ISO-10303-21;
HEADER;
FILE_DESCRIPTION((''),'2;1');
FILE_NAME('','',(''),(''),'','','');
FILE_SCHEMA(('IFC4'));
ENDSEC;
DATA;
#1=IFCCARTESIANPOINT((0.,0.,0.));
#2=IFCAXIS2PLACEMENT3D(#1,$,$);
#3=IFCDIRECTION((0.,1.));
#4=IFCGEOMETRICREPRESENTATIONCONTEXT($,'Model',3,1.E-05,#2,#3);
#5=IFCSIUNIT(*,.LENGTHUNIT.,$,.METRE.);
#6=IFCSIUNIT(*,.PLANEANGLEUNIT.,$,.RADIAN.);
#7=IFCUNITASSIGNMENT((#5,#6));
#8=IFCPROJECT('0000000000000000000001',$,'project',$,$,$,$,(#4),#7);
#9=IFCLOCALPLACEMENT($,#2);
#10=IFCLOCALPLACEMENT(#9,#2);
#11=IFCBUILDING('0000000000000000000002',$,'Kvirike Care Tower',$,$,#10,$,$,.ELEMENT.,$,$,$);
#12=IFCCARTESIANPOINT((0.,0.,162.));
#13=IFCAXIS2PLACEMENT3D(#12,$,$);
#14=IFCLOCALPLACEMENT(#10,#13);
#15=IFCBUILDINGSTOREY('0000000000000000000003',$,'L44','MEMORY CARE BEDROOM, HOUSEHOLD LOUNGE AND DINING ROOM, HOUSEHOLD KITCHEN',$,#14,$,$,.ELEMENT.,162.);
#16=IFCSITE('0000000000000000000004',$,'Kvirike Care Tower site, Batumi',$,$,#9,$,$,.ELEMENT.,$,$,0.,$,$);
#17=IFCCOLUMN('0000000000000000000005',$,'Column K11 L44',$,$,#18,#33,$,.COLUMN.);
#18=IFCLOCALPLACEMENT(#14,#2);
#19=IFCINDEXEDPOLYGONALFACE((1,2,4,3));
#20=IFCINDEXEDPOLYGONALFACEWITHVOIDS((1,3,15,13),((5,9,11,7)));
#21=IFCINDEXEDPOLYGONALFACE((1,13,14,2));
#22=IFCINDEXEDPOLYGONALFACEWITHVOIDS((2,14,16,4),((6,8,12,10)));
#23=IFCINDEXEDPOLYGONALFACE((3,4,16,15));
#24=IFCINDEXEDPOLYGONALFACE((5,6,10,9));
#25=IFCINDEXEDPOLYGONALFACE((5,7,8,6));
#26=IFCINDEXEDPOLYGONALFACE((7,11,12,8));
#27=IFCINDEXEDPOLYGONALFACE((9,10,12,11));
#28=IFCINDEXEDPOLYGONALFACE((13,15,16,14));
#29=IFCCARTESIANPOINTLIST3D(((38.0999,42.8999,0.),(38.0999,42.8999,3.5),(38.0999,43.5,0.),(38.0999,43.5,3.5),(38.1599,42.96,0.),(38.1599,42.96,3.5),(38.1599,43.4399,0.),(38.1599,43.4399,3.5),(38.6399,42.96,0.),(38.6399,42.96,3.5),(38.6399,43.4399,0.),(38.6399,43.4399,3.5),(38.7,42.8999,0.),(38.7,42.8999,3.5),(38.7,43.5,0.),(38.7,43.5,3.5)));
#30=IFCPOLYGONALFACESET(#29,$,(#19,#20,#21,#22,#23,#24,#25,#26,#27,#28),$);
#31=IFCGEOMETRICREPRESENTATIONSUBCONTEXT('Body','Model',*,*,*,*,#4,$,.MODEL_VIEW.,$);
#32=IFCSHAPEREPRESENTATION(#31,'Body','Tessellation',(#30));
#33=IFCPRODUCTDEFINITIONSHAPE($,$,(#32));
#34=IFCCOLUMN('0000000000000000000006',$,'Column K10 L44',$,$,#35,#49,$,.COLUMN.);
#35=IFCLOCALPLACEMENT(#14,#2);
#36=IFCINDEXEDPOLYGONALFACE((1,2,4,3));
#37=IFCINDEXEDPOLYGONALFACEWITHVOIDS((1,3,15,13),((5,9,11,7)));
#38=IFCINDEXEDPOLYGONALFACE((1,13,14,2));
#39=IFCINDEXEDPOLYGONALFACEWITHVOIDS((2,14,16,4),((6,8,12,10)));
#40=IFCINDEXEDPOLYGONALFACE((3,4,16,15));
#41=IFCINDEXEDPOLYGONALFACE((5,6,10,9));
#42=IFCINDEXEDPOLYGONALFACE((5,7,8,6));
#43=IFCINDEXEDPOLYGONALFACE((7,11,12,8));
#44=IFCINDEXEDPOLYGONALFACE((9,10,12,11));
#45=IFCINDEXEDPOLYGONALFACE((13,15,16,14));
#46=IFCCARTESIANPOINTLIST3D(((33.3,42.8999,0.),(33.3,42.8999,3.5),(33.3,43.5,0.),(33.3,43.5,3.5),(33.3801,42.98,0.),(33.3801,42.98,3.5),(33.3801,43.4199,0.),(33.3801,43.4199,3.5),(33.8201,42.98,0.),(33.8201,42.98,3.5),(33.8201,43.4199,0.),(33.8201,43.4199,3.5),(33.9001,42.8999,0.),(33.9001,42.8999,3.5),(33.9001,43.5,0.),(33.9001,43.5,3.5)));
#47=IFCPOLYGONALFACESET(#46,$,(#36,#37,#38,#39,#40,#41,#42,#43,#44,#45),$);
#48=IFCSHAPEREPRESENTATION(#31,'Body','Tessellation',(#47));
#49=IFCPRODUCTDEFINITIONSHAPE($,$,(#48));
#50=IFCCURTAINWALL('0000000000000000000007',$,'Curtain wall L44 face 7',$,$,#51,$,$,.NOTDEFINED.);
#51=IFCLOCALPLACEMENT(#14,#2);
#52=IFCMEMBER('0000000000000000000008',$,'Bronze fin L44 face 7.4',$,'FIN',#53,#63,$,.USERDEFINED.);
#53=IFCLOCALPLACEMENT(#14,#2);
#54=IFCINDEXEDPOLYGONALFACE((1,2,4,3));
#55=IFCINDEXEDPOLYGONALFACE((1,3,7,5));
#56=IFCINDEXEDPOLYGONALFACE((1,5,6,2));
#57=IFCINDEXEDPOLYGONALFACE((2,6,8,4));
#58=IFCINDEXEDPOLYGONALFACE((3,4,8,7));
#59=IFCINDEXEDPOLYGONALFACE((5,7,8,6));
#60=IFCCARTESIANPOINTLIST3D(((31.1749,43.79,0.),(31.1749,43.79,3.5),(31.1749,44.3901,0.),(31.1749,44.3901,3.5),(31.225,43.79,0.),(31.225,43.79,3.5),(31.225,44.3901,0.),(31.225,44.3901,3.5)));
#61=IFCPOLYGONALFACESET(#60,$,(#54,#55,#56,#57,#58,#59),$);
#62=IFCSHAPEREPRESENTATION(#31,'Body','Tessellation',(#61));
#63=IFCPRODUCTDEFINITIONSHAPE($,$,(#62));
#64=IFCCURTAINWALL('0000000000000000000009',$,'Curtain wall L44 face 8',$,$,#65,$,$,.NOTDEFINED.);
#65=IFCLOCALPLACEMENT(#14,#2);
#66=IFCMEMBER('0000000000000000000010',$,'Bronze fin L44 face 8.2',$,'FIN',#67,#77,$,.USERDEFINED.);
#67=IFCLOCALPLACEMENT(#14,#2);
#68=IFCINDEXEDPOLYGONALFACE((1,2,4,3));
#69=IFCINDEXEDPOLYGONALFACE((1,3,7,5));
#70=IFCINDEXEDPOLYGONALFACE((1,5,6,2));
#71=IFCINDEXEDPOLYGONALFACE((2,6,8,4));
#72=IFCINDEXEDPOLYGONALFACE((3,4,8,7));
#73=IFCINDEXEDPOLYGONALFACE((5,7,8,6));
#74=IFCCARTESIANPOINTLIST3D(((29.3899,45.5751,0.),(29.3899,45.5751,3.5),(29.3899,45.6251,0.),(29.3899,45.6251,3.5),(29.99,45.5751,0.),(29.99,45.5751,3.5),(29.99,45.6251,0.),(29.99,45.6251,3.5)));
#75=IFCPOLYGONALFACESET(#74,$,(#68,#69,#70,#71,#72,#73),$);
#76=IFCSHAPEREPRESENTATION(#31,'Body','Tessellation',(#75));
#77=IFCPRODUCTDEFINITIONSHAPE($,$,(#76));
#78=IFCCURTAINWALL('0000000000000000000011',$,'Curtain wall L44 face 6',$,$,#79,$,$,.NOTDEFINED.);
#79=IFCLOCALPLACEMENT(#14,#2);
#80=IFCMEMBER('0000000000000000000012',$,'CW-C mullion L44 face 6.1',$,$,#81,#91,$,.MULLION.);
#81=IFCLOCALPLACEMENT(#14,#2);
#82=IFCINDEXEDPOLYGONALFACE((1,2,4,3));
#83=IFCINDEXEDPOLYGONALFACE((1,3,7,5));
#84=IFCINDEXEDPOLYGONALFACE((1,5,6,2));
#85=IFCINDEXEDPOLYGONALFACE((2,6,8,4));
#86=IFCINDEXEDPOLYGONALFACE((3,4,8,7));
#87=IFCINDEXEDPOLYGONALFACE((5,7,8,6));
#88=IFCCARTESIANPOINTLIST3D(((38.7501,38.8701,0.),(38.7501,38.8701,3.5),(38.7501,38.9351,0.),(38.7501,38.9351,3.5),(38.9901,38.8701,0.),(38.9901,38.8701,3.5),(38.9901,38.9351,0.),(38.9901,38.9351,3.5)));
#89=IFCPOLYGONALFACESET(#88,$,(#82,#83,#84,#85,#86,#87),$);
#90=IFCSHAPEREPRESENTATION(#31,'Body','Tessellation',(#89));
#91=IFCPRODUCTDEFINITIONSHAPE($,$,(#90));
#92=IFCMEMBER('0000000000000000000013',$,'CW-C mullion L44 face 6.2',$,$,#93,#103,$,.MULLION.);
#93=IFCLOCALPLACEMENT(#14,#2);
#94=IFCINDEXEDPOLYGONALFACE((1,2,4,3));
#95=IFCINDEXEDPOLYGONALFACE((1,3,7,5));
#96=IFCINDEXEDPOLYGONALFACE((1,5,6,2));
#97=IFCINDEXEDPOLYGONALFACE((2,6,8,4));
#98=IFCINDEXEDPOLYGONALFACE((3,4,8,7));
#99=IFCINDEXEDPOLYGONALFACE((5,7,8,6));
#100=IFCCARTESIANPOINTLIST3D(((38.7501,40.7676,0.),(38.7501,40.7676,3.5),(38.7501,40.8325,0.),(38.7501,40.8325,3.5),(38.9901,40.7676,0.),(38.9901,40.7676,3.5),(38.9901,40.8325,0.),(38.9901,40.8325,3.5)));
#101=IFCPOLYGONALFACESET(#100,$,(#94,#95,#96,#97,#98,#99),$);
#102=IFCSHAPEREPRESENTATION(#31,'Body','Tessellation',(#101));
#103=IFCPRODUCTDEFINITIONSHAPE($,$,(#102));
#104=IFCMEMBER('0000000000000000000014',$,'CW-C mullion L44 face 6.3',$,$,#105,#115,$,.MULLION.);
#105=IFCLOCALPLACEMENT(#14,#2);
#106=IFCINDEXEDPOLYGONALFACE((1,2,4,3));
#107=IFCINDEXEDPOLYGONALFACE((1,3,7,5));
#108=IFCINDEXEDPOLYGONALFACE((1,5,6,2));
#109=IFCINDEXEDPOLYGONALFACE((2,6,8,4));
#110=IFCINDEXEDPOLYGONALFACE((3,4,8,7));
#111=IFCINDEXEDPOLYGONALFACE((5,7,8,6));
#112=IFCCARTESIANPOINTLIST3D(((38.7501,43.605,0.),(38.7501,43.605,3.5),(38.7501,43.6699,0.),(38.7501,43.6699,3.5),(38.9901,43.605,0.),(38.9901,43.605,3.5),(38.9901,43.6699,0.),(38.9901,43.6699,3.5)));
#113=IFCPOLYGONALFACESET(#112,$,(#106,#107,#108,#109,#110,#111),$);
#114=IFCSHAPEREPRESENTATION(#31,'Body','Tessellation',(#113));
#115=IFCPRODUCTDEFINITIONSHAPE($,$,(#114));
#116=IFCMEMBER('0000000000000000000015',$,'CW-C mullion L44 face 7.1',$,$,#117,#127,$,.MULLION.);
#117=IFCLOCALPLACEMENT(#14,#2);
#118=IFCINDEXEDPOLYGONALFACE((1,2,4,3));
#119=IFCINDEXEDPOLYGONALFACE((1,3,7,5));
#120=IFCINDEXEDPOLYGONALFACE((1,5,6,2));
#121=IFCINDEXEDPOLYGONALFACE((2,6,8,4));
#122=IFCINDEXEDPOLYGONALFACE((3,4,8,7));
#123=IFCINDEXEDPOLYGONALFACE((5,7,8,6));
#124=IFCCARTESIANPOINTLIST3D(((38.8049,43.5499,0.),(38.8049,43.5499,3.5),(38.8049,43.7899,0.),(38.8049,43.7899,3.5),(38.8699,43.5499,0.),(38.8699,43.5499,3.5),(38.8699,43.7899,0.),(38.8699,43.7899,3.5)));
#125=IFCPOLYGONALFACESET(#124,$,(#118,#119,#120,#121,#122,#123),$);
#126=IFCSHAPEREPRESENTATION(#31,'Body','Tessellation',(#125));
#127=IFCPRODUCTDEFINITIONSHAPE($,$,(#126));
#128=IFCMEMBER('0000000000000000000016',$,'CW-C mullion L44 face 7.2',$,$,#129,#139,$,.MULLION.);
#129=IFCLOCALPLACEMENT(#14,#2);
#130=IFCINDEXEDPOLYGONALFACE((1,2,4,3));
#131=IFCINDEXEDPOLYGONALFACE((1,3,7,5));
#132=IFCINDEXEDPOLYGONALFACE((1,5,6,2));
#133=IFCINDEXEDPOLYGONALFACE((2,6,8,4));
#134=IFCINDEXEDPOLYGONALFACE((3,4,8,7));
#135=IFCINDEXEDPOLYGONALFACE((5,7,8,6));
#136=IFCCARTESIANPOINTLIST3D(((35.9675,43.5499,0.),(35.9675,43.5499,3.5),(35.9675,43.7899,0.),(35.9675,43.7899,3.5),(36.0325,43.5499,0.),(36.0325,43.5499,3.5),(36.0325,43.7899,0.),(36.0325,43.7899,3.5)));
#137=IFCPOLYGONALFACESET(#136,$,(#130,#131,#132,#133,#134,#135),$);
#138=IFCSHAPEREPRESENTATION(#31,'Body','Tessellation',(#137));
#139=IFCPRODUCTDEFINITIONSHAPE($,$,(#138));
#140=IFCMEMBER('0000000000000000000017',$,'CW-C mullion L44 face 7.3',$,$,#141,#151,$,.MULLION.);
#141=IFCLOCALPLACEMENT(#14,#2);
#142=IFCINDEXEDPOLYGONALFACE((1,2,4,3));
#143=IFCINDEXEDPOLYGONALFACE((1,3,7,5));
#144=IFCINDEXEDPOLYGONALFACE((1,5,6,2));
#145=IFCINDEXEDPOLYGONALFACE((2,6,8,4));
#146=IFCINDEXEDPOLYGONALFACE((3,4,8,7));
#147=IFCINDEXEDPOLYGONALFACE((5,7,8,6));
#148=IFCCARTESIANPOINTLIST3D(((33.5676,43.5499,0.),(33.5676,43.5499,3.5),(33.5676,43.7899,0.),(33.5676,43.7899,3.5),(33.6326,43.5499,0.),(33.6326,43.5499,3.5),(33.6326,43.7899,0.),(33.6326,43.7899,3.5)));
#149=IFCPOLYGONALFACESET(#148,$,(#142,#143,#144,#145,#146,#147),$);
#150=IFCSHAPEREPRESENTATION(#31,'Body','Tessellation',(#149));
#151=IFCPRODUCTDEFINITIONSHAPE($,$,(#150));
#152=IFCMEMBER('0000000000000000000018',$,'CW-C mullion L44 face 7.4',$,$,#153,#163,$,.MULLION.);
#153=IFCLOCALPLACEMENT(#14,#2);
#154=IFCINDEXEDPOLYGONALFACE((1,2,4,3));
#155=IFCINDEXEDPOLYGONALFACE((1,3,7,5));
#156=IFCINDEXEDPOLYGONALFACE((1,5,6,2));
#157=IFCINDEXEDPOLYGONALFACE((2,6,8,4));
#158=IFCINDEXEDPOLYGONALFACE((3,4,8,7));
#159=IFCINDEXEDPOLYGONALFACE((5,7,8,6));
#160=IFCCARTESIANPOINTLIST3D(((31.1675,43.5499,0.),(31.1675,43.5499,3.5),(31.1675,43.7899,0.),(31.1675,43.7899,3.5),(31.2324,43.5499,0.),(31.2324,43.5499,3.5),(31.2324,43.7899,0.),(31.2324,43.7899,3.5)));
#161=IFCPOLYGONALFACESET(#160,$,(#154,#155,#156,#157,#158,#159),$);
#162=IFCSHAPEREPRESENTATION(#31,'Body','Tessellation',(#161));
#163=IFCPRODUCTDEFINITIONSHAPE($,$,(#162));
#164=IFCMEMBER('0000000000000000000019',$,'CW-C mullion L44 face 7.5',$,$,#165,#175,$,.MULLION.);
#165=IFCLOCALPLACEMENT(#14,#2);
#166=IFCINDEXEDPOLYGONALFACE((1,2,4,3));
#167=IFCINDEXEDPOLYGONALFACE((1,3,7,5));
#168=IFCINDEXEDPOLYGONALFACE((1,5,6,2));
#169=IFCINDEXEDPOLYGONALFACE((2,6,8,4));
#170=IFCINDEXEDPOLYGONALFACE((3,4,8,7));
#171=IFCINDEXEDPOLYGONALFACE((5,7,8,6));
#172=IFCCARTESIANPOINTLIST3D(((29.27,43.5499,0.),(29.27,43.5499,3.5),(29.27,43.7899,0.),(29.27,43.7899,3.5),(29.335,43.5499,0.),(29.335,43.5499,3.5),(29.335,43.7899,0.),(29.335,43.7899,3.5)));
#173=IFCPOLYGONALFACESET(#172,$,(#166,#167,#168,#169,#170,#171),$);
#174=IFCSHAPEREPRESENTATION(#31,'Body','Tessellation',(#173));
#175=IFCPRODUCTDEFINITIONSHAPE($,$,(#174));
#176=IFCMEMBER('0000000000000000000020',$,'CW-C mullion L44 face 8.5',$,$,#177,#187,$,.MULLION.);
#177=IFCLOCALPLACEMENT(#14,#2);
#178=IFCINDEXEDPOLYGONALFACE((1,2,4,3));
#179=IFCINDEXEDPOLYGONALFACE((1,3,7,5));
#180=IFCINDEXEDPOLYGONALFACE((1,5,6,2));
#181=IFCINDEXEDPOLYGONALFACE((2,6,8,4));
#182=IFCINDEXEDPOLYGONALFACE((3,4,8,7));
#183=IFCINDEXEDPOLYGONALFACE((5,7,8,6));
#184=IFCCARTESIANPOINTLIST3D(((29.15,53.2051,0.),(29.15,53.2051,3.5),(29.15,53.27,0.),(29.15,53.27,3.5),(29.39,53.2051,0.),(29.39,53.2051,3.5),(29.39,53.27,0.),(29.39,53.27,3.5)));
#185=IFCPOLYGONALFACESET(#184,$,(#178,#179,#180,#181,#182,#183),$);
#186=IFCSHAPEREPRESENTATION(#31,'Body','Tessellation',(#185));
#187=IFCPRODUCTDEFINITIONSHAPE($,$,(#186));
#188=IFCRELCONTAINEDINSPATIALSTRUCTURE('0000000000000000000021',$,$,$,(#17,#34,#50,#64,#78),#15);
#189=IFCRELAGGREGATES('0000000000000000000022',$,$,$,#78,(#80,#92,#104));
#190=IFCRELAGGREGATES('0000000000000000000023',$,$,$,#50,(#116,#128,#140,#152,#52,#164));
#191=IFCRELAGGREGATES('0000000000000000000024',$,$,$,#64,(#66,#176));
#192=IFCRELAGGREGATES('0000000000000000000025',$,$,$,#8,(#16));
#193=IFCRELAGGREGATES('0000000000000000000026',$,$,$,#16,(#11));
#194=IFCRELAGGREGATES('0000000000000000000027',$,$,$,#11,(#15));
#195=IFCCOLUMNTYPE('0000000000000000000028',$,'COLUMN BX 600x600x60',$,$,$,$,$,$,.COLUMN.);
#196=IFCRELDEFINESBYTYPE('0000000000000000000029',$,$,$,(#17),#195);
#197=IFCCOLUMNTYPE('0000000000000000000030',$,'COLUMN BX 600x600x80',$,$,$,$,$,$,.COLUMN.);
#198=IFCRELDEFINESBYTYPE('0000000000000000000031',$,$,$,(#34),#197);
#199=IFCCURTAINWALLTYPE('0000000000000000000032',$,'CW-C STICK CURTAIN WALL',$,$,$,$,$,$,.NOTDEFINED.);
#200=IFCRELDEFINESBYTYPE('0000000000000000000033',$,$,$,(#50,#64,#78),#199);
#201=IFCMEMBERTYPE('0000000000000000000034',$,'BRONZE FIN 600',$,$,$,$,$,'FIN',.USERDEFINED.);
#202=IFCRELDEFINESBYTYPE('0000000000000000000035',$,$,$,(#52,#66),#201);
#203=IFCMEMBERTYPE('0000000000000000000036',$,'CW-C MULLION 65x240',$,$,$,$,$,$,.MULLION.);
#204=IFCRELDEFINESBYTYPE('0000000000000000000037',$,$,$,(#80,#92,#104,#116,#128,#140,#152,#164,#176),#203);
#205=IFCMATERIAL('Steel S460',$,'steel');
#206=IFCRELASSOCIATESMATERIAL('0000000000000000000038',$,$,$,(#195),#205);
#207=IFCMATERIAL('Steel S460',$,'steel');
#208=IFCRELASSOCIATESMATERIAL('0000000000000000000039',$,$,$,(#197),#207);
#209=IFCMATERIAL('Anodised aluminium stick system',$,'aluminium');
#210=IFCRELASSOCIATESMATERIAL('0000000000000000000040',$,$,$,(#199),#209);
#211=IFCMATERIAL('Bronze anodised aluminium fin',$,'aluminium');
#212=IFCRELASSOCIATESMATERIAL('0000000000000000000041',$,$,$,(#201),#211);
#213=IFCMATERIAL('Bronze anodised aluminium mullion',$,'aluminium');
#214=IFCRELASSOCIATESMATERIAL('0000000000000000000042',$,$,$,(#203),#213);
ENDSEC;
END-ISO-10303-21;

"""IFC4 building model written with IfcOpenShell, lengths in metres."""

from ifc_helpers import new_model, si_unit, direction, frame, origin, origin_2d, place, context, subcontext, project, spatial, rectangle, hollow_rectangle, extrude, material, material_profile, profile_set, type_object, element, aggregate, save


model = new_model("IFC4")

# Units and contexts
model_context = context("Model", 3, precision=1e-05, world=origin(), true_north=direction((0.0, 1.0)))
body_context = subcontext(model_context, "Body", "Model", "MODEL_VIEW")
ifc_project = project(units=[si_unit("LENGTHUNIT", "METRE"), si_unit("PLANEANGLEUNIT", "RADIAN")], contexts=[model_context])

# Site, building, storey
site_placement = place(None, origin())
site = spatial("IfcSite", under=ifc_project, at=site_placement, Name="Kvirike Care Tower site, Batumi", CompositionType="ELEMENT", RefElevation=0.0)
building_placement = place(site_placement, origin())
building = spatial("IfcBuilding", under=site, at=building_placement, Name="Kvirike Care Tower", CompositionType="ELEMENT")
storey_placement = place(building_placement, frame((0.0, 0.0, 162.0)))
storey = spatial("IfcBuildingStorey", under=building, at=storey_placement, Name="L44", Description="MEMORY CARE BEDROOM, HOUSEHOLD LOUNGE AND DINING ROOM, HOUSEHOLD KITCHEN", CompositionType="ELEMENT", Elevation=162.0)

# Columns
ifc_material_1 = material(Name="Steel S460", Category="steel")
ifc_material_profile_1 = material_profile(ifc_material_1, hollow_rectangle(XDim=0.6001, YDim=0.6001, WallThickness=0.0601, at=origin_2d()), Name="BX 600x600x60")
ifc_profile_set_1 = profile_set([ifc_material_profile_1], Name="Steel S460")
column_type_1 = type_object("IfcColumnType", Name="COLUMN BX 600x600x60", PredefinedType="COLUMN", material=ifc_profile_set_1)
column_1_placement = place(storey_placement, frame((38.3999, 43.2, 0.0), z_axis=(0.0, 0.0, 1.0), x_axis=(0.0, 1.0, 0.0)))
element("IfcColumn", 1, at=column_1_placement, inside=storey, type_object=column_type_1, Name="Column K11 L44", PredefinedType="COLUMN", context=body_context, shape_type="SweptSolid", body=[
    extrude(hollow_rectangle(XDim=0.6001, YDim=0.6001, WallThickness=0.0601, at=origin_2d()), origin(), (0.0, 0.0, 1.0), 3.5),
])
ifc_material_2 = material(Name="Steel S460", Category="steel")
ifc_material_profile_2 = material_profile(ifc_material_2, hollow_rectangle(XDim=0.6001, YDim=0.6001, WallThickness=0.0801, at=origin_2d()), Name="BX 600x600x80")
ifc_profile_set_2 = profile_set([ifc_material_profile_2], Name="Steel S460")
column_type_2 = type_object("IfcColumnType", Name="COLUMN BX 600x600x80", PredefinedType="COLUMN", material=ifc_profile_set_2)
column_2_placement = place(storey_placement, frame((33.6001, 43.2, 0.0), z_axis=(0.0, 0.0, 1.0), x_axis=(0.0, 1.0, 0.0)))
element("IfcColumn", 2, at=column_2_placement, inside=storey, type_object=column_type_2, Name="Column K10 L44", PredefinedType="COLUMN", context=body_context, shape_type="SweptSolid", body=[
    extrude(hollow_rectangle(XDim=0.6001, YDim=0.6001, WallThickness=0.0801, at=origin_2d()), origin(), (0.0, 0.0, 1.0), 3.5),
])

# Curtain walls, members
ifc_material_3 = material(Name="Anodised aluminium stick system", Category="aluminium")
curtain_wall_type = type_object("IfcCurtainWallType", Name="CW-C STICK CURTAIN WALL", PredefinedType="NOTDEFINED", material=ifc_material_3)
curtain_wall_1_placement = place(storey_placement, origin())
curtain_wall_1 = element("IfcCurtainWall", 3, at=curtain_wall_1_placement, inside=storey, type_object=curtain_wall_type, Name="Curtain wall L44 face 7", PredefinedType="NOTDEFINED")
ifc_material_4 = material(Name="Bronze anodised aluminium fin", Category="aluminium")
ifc_material_profile_3 = material_profile(ifc_material_4, rectangle(XDim=0.05, YDim=0.6001, at=origin_2d()), Name="BRONZE FIN 600")
ifc_profile_set_3 = profile_set([ifc_material_profile_3], Name="Bronze anodised aluminium fin")
member_type_1 = type_object("IfcMemberType", Name="BRONZE FIN 600", ElementType="FIN", PredefinedType="USERDEFINED", material=ifc_profile_set_3)
member_1_placement = place(storey_placement, frame((31.2, 44.0901, 0.0), z_axis=(0.0, 0.0, 1.0), x_axis=(-1.0, 0.0, 0.0)))
member_1 = element("IfcMember", 4, at=member_1_placement, type_object=member_type_1, Name="Bronze fin L44 face 7.4", ObjectType="FIN", PredefinedType="USERDEFINED", context=body_context, shape_type="SweptSolid", body=[
    extrude(rectangle(XDim=0.05, YDim=0.6001, at=origin_2d()), origin(), (0.0, 0.0, 1.0), 3.5),
])
curtain_wall_2_placement = place(storey_placement, origin())
curtain_wall_2 = element("IfcCurtainWall", 5, at=curtain_wall_2_placement, inside=storey, type_object=curtain_wall_type, Name="Curtain wall L44 face 8", PredefinedType="NOTDEFINED")
member_2_placement = place(storey_placement, frame((29.6899, 45.6001, 0.0), z_axis=(0.0, 0.0, 1.0), x_axis=(0.0, 1.0, 0.0)))
member_2 = element("IfcMember", 6, at=member_2_placement, type_object=member_type_1, Name="Bronze fin L44 face 8.2", ObjectType="FIN", PredefinedType="USERDEFINED", context=body_context, shape_type="SweptSolid", body=[
    extrude(rectangle(XDim=0.05, YDim=0.6001, at=origin_2d()), origin(), (0.0, 0.0, 1.0), 3.5),
])

# Curtain wall, members
curtain_wall_3_placement = place(storey_placement, origin())
curtain_wall_3 = element("IfcCurtainWall", 7, at=curtain_wall_3_placement, inside=storey, type_object=curtain_wall_type, Name="Curtain wall L44 face 6", PredefinedType="NOTDEFINED")
ifc_material_5 = material(Name="Bronze anodised aluminium mullion", Category="aluminium")
ifc_material_profile_4 = material_profile(ifc_material_5, rectangle(XDim=0.0649, YDim=0.24, at=origin_2d()), Name="CW-C MULLION 65x240")
ifc_profile_set_4 = profile_set([ifc_material_profile_4], Name="Bronze anodised aluminium mullion")
member_type_2 = type_object("IfcMemberType", Name="CW-C MULLION 65x240", PredefinedType="MULLION", material=ifc_profile_set_4)
member_3_placement = place(storey_placement, frame((38.8701, 38.9026, 0.0), z_axis=(0.0, 0.0, 1.0), x_axis=(0.0, 1.0, 0.0)))
member_3 = element("IfcMember", 8, at=member_3_placement, type_object=member_type_2, Name="CW-C mullion L44 face 6.1", PredefinedType="MULLION", context=body_context, shape_type="SweptSolid", body=[
    extrude(rectangle(XDim=0.0649, YDim=0.24, at=origin_2d()), origin(), (0.0, 0.0, 1.0), 3.5),
])
member_4_placement = place(storey_placement, frame((38.8701, 40.8, 0.0), z_axis=(0.0, 0.0, 1.0), x_axis=(0.0, 1.0, 0.0)))
member_4 = element("IfcMember", 9, at=member_4_placement, type_object=member_type_2, Name="CW-C mullion L44 face 6.2", PredefinedType="MULLION", context=body_context, shape_type="SweptSolid", body=[
    extrude(rectangle(XDim=0.0649, YDim=0.24, at=origin_2d()), origin(), (0.0, 0.0, 1.0), 3.5),
])
member_5_placement = place(storey_placement, frame((38.8701, 43.6375, 0.0), z_axis=(0.0, 0.0, 1.0), x_axis=(0.0, 1.0, 0.0)))
member_5 = element("IfcMember", 10, at=member_5_placement, type_object=member_type_2, Name="CW-C mullion L44 face 6.3", PredefinedType="MULLION", context=body_context, shape_type="SweptSolid", body=[
    extrude(rectangle(XDim=0.0649, YDim=0.24, at=origin_2d()), origin(), (0.0, 0.0, 1.0), 3.5),
])

# Members
member_6_placement = place(storey_placement, frame((38.8374, 43.6699, 0.0), z_axis=(0.0, 0.0, 1.0), x_axis=(-1.0, 0.0, 0.0)))
member_6 = element("IfcMember", 11, at=member_6_placement, type_object=member_type_2, Name="CW-C mullion L44 face 7.1", PredefinedType="MULLION", context=body_context, shape_type="SweptSolid", body=[
    extrude(rectangle(XDim=0.0649, YDim=0.24, at=origin_2d()), origin(), (0.0, 0.0, 1.0), 3.5),
])
member_7_placement = place(storey_placement, frame((36.0, 43.6699, 0.0), z_axis=(0.0, 0.0, 1.0), x_axis=(-1.0, 0.0, 0.0)))
member_7 = element("IfcMember", 12, at=member_7_placement, type_object=member_type_2, Name="CW-C mullion L44 face 7.2", PredefinedType="MULLION", context=body_context, shape_type="SweptSolid", body=[
    extrude(rectangle(XDim=0.0649, YDim=0.24, at=origin_2d()), origin(), (0.0, 0.0, 1.0), 3.5),
])
member_8_placement = place(storey_placement, frame((33.6001, 43.6699, 0.0), z_axis=(0.0, 0.0, 1.0), x_axis=(-1.0, 0.0, 0.0)))
member_8 = element("IfcMember", 13, at=member_8_placement, type_object=member_type_2, Name="CW-C mullion L44 face 7.3", PredefinedType="MULLION", context=body_context, shape_type="SweptSolid", body=[
    extrude(rectangle(XDim=0.0649, YDim=0.24, at=origin_2d()), origin(), (0.0, 0.0, 1.0), 3.5),
])
member_9_placement = place(storey_placement, frame((31.2, 43.6699, 0.0), z_axis=(0.0, 0.0, 1.0), x_axis=(-1.0, 0.0, 0.0)))
member_9 = element("IfcMember", 14, at=member_9_placement, type_object=member_type_2, Name="CW-C mullion L44 face 7.4", PredefinedType="MULLION", context=body_context, shape_type="SweptSolid", body=[
    extrude(rectangle(XDim=0.0649, YDim=0.24, at=origin_2d()), origin(), (0.0, 0.0, 1.0), 3.5),
])
member_10_placement = place(storey_placement, frame((29.3025, 43.6699, 0.0), z_axis=(0.0, 0.0, 1.0), x_axis=(-1.0, 0.0, 0.0)))
member_10 = element("IfcMember", 15, at=member_10_placement, type_object=member_type_2, Name="CW-C mullion L44 face 7.5", PredefinedType="MULLION", context=body_context, shape_type="SweptSolid", body=[
    extrude(rectangle(XDim=0.0649, YDim=0.24, at=origin_2d()), origin(), (0.0, 0.0, 1.0), 3.5),
])
member_11_placement = place(storey_placement, frame((29.27, 53.2375, 0.0), z_axis=(0.0, 0.0, 1.0), x_axis=(0.0, 1.0, 0.0)))
member_11 = element("IfcMember", 16, at=member_11_placement, type_object=member_type_2, Name="CW-C mullion L44 face 8.5", PredefinedType="MULLION", context=body_context, shape_type="SweptSolid", body=[
    extrude(rectangle(XDim=0.0649, YDim=0.24, at=origin_2d()), origin(), (0.0, 0.0, 1.0), 3.5),
])

aggregate(curtain_wall_3, [member_3, member_4, member_5])
aggregate(curtain_wall_1, [member_6, member_7, member_8, member_9, member_1, member_10])
aggregate(curtain_wall_2, [member_2, member_11])

save(model, "model.ifc")
